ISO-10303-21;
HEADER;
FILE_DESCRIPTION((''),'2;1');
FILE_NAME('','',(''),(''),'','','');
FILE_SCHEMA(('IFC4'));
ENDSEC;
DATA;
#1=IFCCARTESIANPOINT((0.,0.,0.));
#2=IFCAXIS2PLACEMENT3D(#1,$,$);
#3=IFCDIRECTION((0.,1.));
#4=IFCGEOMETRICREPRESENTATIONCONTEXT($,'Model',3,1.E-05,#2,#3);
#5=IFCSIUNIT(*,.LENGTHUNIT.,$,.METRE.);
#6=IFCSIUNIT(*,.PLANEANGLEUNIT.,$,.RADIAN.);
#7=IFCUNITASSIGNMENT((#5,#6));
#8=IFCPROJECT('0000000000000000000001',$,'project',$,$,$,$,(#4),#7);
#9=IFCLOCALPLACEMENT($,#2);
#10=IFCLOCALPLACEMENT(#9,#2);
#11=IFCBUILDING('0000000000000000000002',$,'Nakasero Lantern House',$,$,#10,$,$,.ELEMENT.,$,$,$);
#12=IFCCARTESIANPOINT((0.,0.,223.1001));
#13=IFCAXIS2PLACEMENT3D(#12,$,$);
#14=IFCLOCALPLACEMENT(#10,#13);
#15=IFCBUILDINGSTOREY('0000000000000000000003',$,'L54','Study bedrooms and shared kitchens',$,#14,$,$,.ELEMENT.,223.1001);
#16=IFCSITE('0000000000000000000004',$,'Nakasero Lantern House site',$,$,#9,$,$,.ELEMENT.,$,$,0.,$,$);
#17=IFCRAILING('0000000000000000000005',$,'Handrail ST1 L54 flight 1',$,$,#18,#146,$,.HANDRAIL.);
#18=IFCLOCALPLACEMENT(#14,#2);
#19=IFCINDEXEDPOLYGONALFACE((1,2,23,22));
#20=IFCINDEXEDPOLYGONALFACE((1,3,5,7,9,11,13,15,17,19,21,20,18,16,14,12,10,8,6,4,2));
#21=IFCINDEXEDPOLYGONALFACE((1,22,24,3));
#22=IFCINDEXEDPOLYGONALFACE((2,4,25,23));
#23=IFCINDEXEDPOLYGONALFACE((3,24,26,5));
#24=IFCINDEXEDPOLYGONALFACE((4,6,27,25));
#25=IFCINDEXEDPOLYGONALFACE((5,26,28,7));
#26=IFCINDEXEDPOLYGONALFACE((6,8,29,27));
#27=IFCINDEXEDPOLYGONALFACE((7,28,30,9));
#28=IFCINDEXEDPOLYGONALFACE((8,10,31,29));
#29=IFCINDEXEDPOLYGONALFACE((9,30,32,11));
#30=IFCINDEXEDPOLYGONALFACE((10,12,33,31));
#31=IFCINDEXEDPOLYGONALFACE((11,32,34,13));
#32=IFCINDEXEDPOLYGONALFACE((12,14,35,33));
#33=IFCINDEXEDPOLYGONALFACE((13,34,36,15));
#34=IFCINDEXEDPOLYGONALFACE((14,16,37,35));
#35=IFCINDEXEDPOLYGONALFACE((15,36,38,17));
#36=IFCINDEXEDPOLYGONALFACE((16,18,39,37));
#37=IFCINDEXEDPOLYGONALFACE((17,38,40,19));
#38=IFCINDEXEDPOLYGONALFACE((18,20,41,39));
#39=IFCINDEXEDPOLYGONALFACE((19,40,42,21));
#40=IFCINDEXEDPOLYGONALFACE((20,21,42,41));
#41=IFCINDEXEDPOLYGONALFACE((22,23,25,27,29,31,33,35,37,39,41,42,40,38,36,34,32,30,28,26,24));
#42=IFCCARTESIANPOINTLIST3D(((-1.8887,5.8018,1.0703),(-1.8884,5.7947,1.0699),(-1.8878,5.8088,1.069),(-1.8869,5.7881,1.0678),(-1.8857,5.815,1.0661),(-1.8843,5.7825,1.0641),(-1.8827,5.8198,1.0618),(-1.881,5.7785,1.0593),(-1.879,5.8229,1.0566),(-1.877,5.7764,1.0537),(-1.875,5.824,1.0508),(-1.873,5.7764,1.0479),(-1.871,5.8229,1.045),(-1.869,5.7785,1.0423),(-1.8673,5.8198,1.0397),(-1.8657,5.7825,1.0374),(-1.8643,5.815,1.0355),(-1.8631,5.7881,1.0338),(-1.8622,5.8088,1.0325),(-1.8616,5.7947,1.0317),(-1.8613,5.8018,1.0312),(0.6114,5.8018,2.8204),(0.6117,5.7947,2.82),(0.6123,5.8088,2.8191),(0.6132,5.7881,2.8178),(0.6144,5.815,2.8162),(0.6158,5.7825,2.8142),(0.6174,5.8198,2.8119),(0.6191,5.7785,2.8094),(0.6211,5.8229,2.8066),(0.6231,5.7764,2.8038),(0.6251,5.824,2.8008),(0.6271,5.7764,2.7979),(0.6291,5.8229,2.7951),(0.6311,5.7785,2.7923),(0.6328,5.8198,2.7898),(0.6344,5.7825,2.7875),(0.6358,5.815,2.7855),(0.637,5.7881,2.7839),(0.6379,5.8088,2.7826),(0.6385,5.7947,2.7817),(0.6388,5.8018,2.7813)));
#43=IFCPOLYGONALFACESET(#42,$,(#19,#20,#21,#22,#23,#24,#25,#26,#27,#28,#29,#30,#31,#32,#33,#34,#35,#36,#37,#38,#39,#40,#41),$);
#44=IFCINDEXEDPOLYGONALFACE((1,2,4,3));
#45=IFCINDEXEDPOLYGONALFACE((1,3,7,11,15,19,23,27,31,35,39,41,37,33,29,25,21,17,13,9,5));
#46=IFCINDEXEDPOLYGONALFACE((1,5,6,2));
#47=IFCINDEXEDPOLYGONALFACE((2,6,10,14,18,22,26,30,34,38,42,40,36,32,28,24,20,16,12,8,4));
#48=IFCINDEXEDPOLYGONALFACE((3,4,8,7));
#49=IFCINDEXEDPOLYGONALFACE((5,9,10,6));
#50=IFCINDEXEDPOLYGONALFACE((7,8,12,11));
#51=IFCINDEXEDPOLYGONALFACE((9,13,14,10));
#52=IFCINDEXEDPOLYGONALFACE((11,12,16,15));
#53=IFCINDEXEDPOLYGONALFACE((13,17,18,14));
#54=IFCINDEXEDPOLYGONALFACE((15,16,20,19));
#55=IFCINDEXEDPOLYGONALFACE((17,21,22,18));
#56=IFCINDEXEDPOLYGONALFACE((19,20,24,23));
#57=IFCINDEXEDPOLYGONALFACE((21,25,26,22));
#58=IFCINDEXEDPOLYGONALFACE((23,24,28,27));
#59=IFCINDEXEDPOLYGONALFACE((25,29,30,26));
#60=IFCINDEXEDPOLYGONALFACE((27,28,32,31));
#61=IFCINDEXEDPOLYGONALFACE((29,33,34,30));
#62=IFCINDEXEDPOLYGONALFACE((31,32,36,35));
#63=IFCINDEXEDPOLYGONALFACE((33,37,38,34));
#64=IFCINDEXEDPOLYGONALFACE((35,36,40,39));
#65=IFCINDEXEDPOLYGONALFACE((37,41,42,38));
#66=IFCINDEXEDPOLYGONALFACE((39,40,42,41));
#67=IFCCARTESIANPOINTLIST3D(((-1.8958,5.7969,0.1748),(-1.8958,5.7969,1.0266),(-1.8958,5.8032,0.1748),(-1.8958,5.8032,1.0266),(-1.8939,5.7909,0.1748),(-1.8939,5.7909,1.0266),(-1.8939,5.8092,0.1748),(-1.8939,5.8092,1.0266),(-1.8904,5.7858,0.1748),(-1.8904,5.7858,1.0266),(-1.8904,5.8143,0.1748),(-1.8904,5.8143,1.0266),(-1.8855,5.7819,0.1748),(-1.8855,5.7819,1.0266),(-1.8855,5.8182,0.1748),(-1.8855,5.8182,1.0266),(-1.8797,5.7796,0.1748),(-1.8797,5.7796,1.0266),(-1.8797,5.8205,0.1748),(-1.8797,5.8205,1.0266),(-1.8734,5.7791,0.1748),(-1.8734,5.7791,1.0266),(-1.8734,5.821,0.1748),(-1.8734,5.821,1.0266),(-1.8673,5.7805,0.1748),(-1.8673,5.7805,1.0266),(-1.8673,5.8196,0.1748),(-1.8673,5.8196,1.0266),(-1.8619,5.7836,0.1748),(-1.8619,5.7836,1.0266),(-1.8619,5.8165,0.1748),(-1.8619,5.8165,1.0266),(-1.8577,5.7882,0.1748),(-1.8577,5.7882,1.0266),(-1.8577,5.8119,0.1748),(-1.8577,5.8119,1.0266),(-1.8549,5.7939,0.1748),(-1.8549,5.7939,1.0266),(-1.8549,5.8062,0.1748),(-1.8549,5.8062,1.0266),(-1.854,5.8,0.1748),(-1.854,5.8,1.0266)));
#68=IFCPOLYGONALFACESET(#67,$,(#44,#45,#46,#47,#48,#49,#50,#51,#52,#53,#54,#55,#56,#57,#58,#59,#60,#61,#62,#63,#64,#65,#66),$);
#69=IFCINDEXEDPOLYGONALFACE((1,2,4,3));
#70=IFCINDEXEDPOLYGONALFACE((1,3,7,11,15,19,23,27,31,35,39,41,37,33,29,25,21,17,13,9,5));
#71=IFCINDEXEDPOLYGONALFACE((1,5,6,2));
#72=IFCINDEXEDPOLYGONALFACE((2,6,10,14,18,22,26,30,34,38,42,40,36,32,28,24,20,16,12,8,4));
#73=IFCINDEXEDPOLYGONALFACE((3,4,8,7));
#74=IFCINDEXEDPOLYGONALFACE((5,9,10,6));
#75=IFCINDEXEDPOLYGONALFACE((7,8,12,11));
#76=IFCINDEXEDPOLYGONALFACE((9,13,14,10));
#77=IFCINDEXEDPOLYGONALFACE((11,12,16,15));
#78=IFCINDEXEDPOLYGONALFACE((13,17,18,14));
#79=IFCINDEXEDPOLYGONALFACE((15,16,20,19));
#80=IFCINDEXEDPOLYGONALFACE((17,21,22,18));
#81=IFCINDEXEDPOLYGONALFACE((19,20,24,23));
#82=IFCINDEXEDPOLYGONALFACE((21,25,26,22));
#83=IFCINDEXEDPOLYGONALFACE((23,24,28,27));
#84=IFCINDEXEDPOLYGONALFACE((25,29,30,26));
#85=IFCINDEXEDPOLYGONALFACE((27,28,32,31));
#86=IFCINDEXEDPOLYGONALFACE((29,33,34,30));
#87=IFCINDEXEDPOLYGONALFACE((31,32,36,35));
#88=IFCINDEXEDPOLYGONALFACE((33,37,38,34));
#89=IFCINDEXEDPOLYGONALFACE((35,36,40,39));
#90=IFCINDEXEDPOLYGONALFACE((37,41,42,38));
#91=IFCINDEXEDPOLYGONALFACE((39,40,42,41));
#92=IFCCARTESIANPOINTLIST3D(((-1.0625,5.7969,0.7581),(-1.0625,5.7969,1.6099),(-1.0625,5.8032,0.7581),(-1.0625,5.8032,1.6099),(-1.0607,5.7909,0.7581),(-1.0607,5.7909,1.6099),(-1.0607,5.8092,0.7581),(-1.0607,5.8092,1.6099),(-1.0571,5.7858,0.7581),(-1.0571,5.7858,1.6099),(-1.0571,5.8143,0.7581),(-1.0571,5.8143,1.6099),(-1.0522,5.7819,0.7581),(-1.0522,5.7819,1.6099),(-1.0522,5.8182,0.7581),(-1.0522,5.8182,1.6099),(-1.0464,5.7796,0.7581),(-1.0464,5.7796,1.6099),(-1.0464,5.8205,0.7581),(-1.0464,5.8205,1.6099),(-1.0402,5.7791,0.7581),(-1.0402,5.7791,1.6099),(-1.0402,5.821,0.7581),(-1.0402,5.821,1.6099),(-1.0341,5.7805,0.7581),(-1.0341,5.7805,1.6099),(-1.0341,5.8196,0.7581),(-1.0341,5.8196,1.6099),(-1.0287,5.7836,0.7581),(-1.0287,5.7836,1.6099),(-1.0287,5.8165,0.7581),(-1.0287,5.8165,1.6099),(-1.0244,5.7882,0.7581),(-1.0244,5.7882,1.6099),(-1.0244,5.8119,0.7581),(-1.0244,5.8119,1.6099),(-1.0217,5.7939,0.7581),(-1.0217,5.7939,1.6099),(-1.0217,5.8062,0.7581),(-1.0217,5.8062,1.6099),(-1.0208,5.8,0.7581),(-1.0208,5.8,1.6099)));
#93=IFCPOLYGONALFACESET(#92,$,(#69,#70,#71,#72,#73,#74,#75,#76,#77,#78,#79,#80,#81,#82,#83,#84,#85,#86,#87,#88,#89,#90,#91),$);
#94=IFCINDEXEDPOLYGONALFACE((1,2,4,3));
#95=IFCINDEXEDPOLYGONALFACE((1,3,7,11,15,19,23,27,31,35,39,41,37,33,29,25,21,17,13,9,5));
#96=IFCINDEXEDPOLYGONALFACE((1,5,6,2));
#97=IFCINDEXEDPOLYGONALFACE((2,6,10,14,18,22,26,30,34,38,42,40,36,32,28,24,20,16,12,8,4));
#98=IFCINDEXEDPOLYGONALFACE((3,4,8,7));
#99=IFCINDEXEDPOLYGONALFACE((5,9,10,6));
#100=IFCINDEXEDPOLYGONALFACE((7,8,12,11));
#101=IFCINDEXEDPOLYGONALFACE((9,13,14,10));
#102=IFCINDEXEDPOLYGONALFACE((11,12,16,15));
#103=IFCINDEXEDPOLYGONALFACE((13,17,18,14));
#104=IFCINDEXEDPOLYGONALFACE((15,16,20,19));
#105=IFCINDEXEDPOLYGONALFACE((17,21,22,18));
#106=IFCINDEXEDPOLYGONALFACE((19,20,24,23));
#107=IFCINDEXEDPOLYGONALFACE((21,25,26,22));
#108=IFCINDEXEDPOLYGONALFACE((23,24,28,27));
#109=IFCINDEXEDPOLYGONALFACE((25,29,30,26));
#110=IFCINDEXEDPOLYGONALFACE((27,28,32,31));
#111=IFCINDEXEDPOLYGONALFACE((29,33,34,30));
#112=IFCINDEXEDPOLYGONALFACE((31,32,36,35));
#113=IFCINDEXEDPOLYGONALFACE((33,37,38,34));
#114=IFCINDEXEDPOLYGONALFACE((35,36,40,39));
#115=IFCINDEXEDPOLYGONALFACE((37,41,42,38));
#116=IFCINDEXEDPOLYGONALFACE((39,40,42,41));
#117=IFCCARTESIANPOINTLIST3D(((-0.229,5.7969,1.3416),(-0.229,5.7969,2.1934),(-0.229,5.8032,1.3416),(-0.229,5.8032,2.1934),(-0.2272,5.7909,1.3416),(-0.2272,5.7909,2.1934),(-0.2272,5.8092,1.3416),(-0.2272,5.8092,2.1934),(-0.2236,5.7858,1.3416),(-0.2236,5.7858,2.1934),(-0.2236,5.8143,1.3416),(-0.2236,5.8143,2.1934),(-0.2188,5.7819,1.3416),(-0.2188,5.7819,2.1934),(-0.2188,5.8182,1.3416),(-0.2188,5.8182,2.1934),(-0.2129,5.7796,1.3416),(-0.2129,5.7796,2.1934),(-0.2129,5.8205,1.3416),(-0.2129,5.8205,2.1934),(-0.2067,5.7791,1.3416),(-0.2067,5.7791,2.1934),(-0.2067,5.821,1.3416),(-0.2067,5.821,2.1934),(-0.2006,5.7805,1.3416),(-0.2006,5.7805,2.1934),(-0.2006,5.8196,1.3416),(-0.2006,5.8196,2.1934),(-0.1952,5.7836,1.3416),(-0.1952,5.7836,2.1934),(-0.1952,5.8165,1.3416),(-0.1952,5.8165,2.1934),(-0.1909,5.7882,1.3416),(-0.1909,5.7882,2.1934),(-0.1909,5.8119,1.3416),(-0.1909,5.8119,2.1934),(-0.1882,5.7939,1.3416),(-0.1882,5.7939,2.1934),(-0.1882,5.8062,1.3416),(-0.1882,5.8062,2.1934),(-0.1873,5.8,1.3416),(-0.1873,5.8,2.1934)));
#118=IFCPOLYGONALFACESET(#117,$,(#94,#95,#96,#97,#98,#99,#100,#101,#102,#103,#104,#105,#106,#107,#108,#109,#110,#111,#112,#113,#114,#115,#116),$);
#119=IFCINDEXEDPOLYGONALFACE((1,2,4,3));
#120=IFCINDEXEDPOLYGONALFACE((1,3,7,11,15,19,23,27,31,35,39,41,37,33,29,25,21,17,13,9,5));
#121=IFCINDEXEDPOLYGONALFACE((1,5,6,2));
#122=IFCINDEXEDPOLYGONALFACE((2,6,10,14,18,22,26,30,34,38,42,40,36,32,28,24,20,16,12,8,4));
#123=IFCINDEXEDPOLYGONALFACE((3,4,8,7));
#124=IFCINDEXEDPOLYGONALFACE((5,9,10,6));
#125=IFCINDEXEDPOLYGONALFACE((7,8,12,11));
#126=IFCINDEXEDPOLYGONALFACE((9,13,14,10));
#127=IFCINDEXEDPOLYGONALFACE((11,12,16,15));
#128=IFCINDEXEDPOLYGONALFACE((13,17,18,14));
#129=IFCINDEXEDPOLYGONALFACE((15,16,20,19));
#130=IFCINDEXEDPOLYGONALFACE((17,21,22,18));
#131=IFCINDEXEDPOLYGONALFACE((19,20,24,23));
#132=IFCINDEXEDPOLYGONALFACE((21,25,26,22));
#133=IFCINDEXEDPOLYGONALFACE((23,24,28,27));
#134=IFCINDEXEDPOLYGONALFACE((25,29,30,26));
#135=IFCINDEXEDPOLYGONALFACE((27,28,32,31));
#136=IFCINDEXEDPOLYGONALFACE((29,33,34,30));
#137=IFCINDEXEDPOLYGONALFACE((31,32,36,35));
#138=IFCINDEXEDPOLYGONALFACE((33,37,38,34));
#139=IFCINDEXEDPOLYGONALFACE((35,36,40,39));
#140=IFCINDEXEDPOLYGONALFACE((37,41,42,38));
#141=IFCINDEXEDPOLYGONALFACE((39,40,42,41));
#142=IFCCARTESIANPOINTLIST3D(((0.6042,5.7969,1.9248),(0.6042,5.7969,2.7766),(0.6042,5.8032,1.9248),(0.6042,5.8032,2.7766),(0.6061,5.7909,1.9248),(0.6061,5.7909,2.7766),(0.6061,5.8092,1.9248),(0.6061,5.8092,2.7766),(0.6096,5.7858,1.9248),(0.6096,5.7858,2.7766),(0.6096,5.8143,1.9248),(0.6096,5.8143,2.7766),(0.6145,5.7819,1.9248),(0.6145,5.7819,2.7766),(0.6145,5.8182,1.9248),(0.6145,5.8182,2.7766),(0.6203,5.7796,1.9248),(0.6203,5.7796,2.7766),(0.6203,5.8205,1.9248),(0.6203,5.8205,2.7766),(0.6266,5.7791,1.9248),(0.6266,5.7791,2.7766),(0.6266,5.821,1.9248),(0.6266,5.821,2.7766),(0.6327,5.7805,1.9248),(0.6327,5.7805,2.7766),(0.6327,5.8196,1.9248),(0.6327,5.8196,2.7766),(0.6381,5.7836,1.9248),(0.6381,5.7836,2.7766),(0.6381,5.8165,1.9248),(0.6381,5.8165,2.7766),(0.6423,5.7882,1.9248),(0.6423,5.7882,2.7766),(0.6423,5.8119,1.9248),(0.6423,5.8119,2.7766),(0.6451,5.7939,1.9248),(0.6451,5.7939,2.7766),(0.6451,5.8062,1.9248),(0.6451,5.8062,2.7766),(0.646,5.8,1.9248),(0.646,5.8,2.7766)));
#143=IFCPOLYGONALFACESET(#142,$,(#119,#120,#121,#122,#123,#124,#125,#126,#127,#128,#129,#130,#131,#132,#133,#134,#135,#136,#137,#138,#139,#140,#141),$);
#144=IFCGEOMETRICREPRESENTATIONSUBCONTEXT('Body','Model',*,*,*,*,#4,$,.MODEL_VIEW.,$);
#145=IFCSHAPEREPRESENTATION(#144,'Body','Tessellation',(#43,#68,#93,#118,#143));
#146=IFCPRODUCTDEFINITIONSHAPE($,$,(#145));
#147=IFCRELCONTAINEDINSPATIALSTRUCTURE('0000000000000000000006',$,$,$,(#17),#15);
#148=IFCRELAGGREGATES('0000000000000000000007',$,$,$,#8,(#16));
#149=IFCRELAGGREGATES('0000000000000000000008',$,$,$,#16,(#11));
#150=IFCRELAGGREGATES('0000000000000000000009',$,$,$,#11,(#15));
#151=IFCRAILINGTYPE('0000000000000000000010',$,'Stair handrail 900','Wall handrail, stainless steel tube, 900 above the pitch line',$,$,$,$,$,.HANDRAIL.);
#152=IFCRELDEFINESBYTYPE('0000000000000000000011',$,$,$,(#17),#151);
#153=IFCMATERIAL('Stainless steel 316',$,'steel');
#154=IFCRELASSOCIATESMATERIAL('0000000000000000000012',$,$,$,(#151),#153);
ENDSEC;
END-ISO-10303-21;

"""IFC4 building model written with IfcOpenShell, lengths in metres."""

from ifc_helpers import new_model, si_unit, direction, frame, origin, origin_2d, place, context, subcontext, project, spatial, circle, extrude, material, type_object, element, save


model = new_model("IFC4")

# Units and contexts
model_context = context("Model", 3, precision=1e-05, world=origin(), true_north=direction((0.0, 1.0)))
body_context = subcontext(model_context, "Body", "Model", "MODEL_VIEW")
ifc_project = project(units=[si_unit("LENGTHUNIT", "METRE"), si_unit("PLANEANGLEUNIT", "RADIAN")], contexts=[model_context])

# Site, building, storey
site_placement = place(None, origin())
site = spatial("IfcSite", under=ifc_project, at=site_placement, Name="Nakasero Lantern House site", CompositionType="ELEMENT", RefElevation=0.0)
building_placement = place(site_placement, origin())
building = spatial("IfcBuilding", under=site, at=building_placement, Name="Nakasero Lantern House", CompositionType="ELEMENT")
storey_placement = place(building_placement, frame((0.0, 0.0, 223.1001)))
storey = spatial("IfcBuildingStorey", under=building, at=storey_placement, Name="L54", Description="Study bedrooms and shared kitchens", CompositionType="ELEMENT", Elevation=223.1001)

# Railing
ifc_material_1 = material(Name="Stainless steel 316", Category="steel")
railing_type = type_object("IfcRailingType", Name="Stair handrail 900", Description="Wall handrail, stainless steel tube, 900 above the pitch line", PredefinedType="HANDRAIL", material=ifc_material_1)
railing_placement = place(storey_placement, frame((-1.875, 5.8, 0.1748)))
element("IfcRailing", 1, at=railing_placement, inside=storey, type_object=railing_type, Name="Handrail ST1 L54 flight 1", PredefinedType="HANDRAIL", context=body_context, shape_type="SweptSolid", body=[
    extrude(circle(Radius=0.0239, at=origin_2d()), frame((0.0, 0.0, 0.876), z_axis=(0.819232, 0.0, 0.573462), x_axis=(0.0, 1.0, 0.0)), (0.0, 0.0, 1.0), 3.0518),
    extrude(circle(Radius=0.021, at=origin_2d()), origin(), (0.0, 0.0, 1.0), 0.8518),
    extrude(circle(Radius=0.021, at=origin_2d()), frame((0.8333, 0.0, 0.5833)), (0.0, 0.0, 1.0), 0.8518),
    extrude(circle(Radius=0.021, at=origin_2d()), frame((1.6667, 0.0, 1.1667)), (0.0, 0.0, 1.0), 0.8518),
    extrude(circle(Radius=0.021, at=origin_2d()), frame((2.5, 0.0, 1.75)), (0.0, 0.0, 1.0), 0.8518),
])

save(model, "model.ifc")
